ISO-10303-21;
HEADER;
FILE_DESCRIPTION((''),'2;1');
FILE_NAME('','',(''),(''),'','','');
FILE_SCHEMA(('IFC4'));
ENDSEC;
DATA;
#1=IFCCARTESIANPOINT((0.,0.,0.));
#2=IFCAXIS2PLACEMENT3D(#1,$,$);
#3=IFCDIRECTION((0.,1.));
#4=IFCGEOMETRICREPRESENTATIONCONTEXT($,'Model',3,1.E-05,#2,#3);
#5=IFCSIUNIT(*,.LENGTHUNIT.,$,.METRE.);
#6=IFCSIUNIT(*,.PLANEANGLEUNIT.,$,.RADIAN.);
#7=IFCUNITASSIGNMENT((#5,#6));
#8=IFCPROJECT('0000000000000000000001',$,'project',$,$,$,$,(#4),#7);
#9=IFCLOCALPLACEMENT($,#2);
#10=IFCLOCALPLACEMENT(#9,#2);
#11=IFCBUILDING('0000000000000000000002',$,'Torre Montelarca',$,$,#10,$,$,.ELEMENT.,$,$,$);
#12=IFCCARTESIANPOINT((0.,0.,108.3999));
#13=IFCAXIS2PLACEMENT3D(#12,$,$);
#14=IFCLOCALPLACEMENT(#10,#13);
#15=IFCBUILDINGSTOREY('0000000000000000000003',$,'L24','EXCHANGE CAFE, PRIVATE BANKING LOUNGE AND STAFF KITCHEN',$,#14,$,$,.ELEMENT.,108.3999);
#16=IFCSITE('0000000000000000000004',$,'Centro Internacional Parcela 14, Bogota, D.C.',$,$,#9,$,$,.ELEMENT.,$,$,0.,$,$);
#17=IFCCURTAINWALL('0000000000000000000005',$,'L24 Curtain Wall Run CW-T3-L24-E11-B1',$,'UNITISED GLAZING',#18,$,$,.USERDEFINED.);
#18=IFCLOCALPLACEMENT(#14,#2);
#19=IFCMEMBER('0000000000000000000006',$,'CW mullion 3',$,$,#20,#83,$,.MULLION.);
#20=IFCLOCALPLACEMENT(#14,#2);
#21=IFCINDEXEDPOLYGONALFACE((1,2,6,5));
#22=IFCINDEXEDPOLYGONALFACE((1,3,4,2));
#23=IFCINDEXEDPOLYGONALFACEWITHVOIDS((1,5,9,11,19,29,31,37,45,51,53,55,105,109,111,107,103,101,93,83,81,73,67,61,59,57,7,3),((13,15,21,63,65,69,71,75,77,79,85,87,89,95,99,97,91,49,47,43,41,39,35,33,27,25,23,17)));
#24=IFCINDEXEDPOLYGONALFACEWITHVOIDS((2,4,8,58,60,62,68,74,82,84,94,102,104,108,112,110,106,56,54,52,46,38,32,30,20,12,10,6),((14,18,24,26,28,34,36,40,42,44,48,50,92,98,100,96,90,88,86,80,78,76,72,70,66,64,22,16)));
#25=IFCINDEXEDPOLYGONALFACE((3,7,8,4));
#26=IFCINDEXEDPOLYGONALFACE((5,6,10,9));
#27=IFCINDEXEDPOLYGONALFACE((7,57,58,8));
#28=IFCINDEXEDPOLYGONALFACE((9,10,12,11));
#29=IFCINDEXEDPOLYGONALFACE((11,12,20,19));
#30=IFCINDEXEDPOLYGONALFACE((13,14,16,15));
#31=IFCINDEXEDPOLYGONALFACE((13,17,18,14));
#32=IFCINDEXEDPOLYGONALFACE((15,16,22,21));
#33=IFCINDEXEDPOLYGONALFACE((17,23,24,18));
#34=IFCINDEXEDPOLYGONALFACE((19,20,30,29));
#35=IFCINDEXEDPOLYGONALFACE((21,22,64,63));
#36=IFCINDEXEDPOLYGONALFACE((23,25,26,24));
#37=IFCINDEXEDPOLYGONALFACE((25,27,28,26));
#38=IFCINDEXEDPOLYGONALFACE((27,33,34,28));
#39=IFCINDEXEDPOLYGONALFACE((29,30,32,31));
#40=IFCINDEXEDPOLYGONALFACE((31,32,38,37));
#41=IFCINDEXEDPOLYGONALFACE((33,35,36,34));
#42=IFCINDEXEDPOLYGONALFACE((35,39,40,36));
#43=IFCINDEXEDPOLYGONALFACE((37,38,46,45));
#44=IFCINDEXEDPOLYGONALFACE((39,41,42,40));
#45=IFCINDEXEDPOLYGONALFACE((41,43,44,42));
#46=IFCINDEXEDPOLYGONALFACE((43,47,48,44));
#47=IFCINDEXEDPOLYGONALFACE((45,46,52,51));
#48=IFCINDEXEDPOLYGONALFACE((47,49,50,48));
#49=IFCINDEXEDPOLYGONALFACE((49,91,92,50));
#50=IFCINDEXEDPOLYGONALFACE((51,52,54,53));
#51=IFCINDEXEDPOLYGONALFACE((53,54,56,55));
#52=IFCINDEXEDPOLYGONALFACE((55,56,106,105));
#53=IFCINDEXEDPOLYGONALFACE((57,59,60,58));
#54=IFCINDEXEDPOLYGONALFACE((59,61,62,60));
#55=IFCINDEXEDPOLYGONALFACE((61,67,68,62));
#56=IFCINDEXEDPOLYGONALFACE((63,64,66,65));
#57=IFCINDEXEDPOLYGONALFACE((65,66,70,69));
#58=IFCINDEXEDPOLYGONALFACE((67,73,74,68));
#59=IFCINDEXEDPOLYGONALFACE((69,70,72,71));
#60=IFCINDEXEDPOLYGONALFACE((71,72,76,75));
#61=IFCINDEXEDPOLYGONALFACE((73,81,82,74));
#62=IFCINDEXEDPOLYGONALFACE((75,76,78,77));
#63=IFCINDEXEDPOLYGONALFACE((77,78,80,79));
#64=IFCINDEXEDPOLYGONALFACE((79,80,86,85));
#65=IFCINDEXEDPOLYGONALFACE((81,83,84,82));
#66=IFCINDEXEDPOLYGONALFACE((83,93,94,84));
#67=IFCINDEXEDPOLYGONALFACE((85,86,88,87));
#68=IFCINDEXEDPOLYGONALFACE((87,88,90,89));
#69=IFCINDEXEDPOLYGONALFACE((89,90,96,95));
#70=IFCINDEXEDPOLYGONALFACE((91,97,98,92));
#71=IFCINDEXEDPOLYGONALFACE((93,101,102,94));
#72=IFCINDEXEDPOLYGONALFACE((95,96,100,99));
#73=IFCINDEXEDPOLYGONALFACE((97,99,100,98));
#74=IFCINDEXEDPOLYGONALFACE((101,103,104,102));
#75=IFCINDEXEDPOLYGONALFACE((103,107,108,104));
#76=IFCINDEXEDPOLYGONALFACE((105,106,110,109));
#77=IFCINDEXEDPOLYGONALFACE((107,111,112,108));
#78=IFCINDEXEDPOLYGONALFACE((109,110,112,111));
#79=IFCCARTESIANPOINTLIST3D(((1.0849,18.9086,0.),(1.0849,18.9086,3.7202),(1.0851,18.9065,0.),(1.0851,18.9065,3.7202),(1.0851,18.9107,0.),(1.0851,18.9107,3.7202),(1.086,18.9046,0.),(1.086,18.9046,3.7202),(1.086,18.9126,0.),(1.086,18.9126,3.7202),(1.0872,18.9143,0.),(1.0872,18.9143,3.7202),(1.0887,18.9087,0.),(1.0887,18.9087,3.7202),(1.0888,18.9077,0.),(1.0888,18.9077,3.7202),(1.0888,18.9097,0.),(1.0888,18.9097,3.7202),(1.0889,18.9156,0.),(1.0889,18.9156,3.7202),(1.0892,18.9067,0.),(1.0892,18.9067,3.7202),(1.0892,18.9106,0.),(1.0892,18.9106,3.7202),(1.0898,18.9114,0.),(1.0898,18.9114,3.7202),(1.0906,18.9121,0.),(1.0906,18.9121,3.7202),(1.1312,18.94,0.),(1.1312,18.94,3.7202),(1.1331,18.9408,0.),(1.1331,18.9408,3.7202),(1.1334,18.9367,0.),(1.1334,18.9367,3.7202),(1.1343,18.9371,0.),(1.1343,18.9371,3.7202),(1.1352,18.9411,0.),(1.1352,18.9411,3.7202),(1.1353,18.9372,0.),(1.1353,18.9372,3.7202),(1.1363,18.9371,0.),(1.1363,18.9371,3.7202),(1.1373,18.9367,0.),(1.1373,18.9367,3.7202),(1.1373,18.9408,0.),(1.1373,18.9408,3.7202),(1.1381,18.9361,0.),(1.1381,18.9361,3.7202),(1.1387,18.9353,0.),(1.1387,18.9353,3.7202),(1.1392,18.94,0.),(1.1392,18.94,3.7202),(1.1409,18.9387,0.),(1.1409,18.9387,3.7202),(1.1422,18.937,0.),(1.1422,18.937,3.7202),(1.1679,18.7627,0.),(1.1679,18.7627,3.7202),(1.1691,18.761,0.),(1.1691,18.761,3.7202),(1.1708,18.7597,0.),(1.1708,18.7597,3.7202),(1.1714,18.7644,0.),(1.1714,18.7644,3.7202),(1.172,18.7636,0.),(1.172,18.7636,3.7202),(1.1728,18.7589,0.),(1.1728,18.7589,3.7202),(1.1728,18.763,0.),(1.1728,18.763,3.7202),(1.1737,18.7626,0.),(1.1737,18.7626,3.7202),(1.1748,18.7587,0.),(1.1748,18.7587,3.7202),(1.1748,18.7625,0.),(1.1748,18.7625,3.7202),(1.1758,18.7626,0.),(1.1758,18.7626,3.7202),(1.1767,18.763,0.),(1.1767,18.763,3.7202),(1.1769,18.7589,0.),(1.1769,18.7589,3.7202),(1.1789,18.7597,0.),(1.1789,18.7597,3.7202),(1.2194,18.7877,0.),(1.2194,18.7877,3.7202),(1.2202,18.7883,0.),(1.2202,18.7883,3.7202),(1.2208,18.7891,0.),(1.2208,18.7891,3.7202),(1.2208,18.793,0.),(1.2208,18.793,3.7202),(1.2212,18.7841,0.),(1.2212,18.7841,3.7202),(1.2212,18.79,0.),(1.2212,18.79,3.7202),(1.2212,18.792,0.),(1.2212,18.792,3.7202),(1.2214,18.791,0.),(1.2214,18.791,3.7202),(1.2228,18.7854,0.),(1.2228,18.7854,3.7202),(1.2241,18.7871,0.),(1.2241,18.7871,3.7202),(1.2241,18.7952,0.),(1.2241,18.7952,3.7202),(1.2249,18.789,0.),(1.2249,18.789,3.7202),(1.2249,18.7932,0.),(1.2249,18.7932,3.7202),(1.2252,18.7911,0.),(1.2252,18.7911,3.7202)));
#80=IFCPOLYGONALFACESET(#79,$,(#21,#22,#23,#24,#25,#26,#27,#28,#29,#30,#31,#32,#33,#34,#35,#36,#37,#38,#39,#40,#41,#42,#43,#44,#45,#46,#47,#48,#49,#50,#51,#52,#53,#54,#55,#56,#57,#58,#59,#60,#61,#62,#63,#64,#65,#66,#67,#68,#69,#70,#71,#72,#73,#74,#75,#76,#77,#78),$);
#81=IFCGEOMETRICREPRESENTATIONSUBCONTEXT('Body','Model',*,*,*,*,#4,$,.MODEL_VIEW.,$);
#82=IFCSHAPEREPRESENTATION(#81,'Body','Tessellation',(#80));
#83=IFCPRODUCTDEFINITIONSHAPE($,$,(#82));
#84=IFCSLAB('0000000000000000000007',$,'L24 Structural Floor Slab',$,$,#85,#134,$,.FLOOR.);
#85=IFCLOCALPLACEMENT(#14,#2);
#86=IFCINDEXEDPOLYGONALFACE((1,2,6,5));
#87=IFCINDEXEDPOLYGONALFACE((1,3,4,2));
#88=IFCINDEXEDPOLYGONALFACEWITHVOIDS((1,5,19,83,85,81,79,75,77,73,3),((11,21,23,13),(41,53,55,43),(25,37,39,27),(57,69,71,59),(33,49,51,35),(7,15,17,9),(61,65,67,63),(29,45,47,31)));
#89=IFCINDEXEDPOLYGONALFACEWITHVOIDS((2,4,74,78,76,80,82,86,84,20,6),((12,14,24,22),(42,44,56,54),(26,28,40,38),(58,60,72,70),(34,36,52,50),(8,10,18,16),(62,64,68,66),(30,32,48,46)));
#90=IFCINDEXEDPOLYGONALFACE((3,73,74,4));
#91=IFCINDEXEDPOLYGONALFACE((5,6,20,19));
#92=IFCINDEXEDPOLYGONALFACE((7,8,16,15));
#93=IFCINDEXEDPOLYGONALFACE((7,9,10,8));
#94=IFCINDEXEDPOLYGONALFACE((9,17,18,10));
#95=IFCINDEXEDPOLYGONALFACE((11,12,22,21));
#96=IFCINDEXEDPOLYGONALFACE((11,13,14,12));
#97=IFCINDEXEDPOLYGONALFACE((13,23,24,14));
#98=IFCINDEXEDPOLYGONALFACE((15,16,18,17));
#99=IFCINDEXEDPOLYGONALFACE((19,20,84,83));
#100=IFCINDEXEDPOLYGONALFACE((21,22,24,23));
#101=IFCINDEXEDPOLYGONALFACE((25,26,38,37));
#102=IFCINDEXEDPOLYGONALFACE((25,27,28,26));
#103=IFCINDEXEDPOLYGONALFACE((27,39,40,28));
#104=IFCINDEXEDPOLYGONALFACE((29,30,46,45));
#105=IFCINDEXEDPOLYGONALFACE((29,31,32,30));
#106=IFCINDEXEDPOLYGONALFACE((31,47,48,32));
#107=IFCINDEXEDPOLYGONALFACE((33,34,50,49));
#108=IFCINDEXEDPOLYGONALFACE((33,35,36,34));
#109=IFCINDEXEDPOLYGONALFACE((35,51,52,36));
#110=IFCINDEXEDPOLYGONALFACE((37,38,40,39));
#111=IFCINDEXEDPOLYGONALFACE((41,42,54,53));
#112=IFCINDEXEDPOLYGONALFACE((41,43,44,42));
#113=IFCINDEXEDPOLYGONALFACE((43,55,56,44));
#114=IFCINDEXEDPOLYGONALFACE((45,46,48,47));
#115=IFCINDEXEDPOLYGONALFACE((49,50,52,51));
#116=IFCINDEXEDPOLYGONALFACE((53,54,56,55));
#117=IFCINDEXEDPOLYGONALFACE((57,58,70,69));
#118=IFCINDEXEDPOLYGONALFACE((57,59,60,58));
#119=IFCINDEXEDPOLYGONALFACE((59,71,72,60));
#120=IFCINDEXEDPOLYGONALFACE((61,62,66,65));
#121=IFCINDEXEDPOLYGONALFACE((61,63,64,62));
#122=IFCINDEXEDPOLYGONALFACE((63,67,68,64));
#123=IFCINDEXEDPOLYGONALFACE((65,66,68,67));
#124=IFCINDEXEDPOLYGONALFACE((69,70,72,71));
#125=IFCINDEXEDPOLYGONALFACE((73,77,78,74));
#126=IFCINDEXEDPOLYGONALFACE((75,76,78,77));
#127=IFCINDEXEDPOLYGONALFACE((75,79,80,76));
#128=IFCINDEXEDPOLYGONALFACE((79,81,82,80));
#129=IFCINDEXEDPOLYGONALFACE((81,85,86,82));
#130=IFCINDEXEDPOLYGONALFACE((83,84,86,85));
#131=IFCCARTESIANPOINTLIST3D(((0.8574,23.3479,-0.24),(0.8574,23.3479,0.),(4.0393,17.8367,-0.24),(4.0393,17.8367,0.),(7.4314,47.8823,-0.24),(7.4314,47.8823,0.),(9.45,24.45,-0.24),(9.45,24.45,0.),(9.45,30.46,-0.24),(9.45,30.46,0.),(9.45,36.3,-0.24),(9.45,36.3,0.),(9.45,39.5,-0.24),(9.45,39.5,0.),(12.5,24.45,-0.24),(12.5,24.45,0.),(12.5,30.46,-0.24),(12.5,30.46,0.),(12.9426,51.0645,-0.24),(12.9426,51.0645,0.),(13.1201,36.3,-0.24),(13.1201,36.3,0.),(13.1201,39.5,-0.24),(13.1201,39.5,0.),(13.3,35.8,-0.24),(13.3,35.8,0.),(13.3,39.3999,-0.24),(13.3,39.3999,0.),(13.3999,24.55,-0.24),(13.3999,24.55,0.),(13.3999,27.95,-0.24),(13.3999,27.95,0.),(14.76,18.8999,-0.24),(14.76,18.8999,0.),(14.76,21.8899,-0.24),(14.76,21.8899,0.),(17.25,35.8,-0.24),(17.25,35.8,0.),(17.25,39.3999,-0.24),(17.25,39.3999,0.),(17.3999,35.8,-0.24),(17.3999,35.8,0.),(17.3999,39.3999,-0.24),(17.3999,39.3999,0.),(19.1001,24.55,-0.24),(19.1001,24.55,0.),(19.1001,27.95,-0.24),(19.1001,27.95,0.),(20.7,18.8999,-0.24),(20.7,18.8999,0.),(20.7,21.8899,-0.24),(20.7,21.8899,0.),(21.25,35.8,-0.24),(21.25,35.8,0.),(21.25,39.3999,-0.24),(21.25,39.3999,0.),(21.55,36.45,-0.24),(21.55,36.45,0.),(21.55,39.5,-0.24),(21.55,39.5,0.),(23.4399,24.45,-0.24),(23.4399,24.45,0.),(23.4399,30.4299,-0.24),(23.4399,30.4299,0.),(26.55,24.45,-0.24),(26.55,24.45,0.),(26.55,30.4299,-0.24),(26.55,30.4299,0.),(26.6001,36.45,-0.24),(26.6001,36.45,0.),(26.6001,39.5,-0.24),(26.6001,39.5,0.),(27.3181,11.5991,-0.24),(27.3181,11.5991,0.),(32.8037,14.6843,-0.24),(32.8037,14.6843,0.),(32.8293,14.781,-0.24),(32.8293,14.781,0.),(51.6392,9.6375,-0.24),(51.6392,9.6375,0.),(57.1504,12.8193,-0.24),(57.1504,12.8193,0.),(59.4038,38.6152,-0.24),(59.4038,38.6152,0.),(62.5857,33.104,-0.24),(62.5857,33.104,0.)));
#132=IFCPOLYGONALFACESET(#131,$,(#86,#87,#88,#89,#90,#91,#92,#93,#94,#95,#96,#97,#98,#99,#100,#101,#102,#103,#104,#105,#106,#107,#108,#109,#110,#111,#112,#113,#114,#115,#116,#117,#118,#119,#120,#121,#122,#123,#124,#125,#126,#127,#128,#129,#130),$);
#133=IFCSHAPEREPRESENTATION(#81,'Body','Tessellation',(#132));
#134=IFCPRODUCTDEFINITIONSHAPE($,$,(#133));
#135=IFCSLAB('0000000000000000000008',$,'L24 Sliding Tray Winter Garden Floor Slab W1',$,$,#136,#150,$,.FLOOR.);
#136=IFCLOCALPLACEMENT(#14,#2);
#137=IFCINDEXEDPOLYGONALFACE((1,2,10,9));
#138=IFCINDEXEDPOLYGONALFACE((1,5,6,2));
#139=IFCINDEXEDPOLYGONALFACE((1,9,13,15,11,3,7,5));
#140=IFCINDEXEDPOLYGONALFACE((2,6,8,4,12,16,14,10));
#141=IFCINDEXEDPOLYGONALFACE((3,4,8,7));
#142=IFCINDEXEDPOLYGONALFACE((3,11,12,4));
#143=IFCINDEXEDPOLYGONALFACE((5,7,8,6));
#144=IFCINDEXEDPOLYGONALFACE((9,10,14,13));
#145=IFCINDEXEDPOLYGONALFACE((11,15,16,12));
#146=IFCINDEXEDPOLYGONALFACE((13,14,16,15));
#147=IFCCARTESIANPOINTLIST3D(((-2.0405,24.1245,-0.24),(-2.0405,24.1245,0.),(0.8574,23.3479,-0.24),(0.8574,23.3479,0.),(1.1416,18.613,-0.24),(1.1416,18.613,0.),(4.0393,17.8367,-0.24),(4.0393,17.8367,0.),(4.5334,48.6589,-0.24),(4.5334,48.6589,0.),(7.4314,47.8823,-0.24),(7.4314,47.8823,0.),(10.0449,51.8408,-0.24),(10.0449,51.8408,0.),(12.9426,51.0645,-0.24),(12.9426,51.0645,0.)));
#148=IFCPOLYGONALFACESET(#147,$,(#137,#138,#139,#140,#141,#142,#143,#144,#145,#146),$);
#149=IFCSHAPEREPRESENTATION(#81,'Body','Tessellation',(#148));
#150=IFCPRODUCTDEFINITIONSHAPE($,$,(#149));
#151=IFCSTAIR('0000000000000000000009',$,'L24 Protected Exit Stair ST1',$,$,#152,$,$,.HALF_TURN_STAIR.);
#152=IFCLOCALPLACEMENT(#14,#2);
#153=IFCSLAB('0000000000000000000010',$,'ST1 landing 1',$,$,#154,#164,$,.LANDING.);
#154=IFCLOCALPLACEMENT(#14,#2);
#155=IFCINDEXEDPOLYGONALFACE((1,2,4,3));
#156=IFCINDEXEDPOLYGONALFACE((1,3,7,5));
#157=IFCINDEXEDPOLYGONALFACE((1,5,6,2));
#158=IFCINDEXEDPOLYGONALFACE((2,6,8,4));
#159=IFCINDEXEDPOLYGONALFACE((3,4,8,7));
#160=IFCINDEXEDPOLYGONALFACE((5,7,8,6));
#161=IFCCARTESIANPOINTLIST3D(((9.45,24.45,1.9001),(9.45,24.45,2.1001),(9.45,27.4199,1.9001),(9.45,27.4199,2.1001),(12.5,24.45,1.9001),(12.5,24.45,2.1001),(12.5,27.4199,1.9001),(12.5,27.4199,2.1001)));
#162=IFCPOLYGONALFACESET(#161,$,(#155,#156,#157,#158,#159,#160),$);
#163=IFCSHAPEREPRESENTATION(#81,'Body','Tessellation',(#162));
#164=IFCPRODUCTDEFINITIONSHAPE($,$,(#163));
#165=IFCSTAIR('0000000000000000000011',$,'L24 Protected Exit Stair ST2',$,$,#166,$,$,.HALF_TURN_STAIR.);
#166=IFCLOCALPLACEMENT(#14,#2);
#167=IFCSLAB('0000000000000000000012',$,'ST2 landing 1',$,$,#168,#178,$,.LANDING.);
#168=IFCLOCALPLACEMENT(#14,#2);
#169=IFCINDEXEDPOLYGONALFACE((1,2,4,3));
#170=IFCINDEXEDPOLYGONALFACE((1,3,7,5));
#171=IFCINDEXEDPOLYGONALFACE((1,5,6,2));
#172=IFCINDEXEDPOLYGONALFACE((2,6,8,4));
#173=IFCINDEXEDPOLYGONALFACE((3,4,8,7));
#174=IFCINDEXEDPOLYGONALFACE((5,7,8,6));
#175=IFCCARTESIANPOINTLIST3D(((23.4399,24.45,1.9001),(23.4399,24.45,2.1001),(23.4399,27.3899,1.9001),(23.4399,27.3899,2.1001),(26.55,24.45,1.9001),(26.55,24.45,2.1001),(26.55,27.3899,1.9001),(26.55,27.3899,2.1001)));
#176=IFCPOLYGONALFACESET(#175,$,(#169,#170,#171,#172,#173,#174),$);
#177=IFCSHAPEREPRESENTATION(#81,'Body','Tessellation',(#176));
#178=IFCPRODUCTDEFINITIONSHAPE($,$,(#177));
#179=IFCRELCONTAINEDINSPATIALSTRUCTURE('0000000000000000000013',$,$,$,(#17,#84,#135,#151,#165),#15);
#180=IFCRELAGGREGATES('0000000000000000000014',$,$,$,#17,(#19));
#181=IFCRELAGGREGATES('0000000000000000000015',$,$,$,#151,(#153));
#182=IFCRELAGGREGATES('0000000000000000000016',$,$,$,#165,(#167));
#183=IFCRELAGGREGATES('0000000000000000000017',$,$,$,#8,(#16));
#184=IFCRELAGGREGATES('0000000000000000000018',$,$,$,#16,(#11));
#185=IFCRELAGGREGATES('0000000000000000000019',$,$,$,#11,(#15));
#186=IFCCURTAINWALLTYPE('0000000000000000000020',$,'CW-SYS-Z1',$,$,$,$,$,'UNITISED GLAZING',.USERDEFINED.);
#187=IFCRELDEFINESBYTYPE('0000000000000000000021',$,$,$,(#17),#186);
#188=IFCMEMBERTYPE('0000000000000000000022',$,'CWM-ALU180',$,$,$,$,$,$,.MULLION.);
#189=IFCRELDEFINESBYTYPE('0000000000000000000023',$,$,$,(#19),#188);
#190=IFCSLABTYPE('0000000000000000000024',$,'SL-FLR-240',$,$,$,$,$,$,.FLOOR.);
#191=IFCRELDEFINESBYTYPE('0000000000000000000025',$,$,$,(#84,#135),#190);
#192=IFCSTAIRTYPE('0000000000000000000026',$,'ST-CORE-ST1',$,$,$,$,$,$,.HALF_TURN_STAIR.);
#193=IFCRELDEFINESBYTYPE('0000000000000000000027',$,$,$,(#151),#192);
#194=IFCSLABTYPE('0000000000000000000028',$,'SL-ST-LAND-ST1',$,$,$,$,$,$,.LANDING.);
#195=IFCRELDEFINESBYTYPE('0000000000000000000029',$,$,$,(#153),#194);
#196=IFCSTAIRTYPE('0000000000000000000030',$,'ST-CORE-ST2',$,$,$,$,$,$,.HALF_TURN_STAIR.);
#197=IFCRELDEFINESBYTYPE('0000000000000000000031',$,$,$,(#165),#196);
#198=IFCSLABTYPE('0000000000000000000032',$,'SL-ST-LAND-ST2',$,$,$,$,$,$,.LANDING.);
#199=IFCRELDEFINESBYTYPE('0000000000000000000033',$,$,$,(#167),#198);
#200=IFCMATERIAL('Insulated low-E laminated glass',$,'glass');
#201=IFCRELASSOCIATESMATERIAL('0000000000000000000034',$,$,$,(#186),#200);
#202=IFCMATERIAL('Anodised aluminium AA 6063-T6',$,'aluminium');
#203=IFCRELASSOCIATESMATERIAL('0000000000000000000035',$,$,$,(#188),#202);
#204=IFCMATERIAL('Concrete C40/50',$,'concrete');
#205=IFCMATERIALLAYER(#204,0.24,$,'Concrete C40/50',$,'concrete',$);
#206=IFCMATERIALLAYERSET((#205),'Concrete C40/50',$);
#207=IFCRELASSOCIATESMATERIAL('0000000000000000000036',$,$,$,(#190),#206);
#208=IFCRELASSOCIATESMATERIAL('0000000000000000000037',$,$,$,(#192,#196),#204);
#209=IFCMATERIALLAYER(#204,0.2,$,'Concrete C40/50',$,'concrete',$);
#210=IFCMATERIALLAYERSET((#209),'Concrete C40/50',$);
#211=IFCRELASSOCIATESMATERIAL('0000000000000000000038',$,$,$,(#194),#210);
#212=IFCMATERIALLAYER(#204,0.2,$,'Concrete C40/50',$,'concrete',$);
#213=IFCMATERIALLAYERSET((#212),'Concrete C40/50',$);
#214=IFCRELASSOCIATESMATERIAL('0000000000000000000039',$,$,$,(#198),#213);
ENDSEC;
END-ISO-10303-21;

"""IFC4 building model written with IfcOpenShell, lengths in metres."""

from ifc_helpers import new_model, si_unit, direction, frame, origin, origin_2d, place, context, subcontext, project, spatial, polyline, hollow_rectangle, outline, extrude, source, transform, mapped, material, layer, layer_set, material_profile, profile_set, type_object, element, aggregate, save


model = new_model("IFC4")

# Units and contexts
model_context = context("Model", 3, precision=1e-05, world=origin(), true_north=direction((0.0, 1.0)))
body_context = subcontext(model_context, "Body", "Model", "MODEL_VIEW")
ifc_project = project(units=[si_unit("LENGTHUNIT", "METRE"), si_unit("PLANEANGLEUNIT", "RADIAN")], contexts=[model_context])

# Site, building, storey
site_placement = place(None, origin())
site = spatial("IfcSite", under=ifc_project, at=site_placement, Name="Centro Internacional Parcela 14, Bogota, D.C.", CompositionType="ELEMENT", RefElevation=0.0)
building_placement = place(site_placement, origin())
building = spatial("IfcBuilding", under=site, at=building_placement, Name="Torre Montelarca", CompositionType="ELEMENT")
storey_placement = place(building_placement, frame((0.0, 0.0, 108.3999)))
storey = spatial("IfcBuildingStorey", under=building, at=storey_placement, Name="L24", Description="EXCHANGE CAFE, PRIVATE BANKING LOUNGE AND STAFF KITCHEN", CompositionType="ELEMENT", Elevation=108.3999)

# Shared definitions
ifc_material_1 = material(Name="Insulated low-E laminated glass", Category="glass")
curtain_wall_type = type_object("IfcCurtainWallType", Name="CW-SYS-Z1", ElementType="UNITISED GLAZING", PredefinedType="USERDEFINED", material=ifc_material_1)
ifc_material_2 = material(Name="Anodised aluminium AA 6063-T6", Category="aluminium")
ifc_material_profile_1 = material_profile(ifc_material_2, hollow_rectangle(XDim=0.0649, YDim=0.1799, WallThickness=0.0039, InnerFilletRadius=0.0039, OuterFilletRadius=0.0081, at=origin_2d()), Name="ALU65X180X4", Category="aluminium")
ifc_profile_set_1 = profile_set([ifc_material_profile_1], Name="Anodised aluminium AA 6063-T6")
member_type_1 = type_object("IfcMemberType", Name="CWM-ALU180", PredefinedType="MULLION", material=ifc_profile_set_1)
shared_shape_1 = source(origin(), body_context, "Body", "SweptSolid", [
    extrude(hollow_rectangle(XDim=0.0649, YDim=0.1799, WallThickness=0.0039, InnerFilletRadius=0.0039, OuterFilletRadius=0.0081, at=origin_2d()), origin(), (0.0, 0.0, 1.0), 3.7202),
])

# Curtain wall, member
curtain_wall_1_placement = place(storey_placement, origin())
curtain_wall_1 = element("IfcCurtainWall", 1, at=curtain_wall_1_placement, inside=storey, type_object=curtain_wall_type, Name="L24 Curtain Wall Run CW-T3-L24-E11-B1", ObjectType="UNITISED GLAZING", PredefinedType="USERDEFINED")
member_1_placement = place(storey_placement, frame((1.155, 18.8499, 0.0), z_axis=(0.0, 0.0, 1.0), x_axis=(0.866025, 0.500001, 0.0)))
member_1 = element("IfcMember", 2, at=member_1_placement, type_object=member_type_1, Name="CW mullion 3", PredefinedType="MULLION", context=body_context, shape_type="MappedRepresentation", body=[
    mapped(shared_shape_1, transform((0.0, 0.0, 0.0), scale=1.0)),
])
aggregate(curtain_wall_1, [member_1])

# Slabs
ifc_material_3 = material(Name="Concrete C40/50", Category="concrete")
ifc_layer_1 = layer(ifc_material_3, 0.24, Name="Concrete C40/50", Category="concrete")
ifc_layer_set_1 = layer_set([ifc_layer_1], Name="Concrete C40/50")
slab_type_1 = type_object("IfcSlabType", Name="SL-FLR-240", PredefinedType="FLOOR", material=ifc_layer_set_1)
slab_1_placement = place(storey_placement, frame((0.0, 0.0, -0.24)))
element("IfcSlab", 3, at=slab_1_placement, inside=storey, type_object=slab_type_1, Name="L24 Structural Floor Slab", PredefinedType="FLOOR", context=body_context, shape_type="SweptSolid", body=[
    extrude(outline(polyline([(27.3181, 11.5991), (32.8293, 14.781), (32.8037, 14.6843), (51.6392, 9.6375), (57.1504, 12.8193), (62.5857, 33.104), (59.4038, 38.6152), (12.9426, 51.0645), (7.4314, 47.8823), (0.8574, 23.3479), (4.0393, 17.8367), (27.3181, 11.5991)]), holes=[polyline([(20.7, 18.8999), (14.76, 18.8999), (14.76, 21.8899), (20.7, 21.8899), (20.7, 18.8999)]), polyline([(19.1001, 24.55), (13.3999, 24.55), (13.3999, 27.95), (19.1001, 27.95), (19.1001, 24.55)]), polyline([(23.4399, 24.45), (23.4399, 30.4299), (26.55, 30.4299), (26.55, 24.45), (23.4399, 24.45)]), polyline([(9.45, 24.45), (9.45, 30.46), (12.5, 30.46), (12.5, 24.45), (9.45, 24.45)]), polyline([(17.25, 35.8), (13.3, 35.8), (13.3, 39.3999), (17.25, 39.3999), (17.25, 35.8)]), polyline([(21.25, 35.8), (17.3999, 35.8), (17.3999, 39.3999), (21.25, 39.3999), (21.25, 35.8)]), polyline([(13.1201, 36.3), (9.45, 36.3), (9.45, 39.5), (13.1201, 39.5), (13.1201, 36.3)]), polyline([(26.6001, 36.45), (21.55, 36.45), (21.55, 39.5), (26.6001, 39.5), (26.6001, 36.45)])]), origin(), (0.0, 0.0, 1.0), 0.24),
])
slab_2_placement = place(storey_placement, frame((0.0, 0.0, -0.24)))
element("IfcSlab", 4, at=slab_2_placement, inside=storey, type_object=slab_type_1, Name="L24 Sliding Tray Winter Garden Floor Slab W1", PredefinedType="FLOOR", context=body_context, shape_type="SweptSolid", body=[
    extrude(outline(polyline([(4.0393, 17.8367), (0.8574, 23.3479), (7.4314, 47.8823), (12.9426, 51.0645), (10.0449, 51.8408), (4.5334, 48.6589), (-2.0405, 24.1245), (1.1416, 18.613), (4.0393, 17.8367)])), origin(), (0.0, 0.0, 1.0), 0.24),
])

# Stairs, slabs
stair_type_1 = type_object("IfcStairType", Name="ST-CORE-ST1", PredefinedType="HALF_TURN_STAIR", material=ifc_material_3)
stair_1_placement = place(storey_placement, origin())
stair_1 = element("IfcStair", 5, at=stair_1_placement, inside=storey, type_object=stair_type_1, Name="L24 Protected Exit Stair ST1", PredefinedType="HALF_TURN_STAIR")
ifc_layer_2 = layer(ifc_material_3, 0.2, Name="Concrete C40/50", Category="concrete")
ifc_layer_set_2 = layer_set([ifc_layer_2], Name="Concrete C40/50")
slab_type_2 = type_object("IfcSlabType", Name="SL-ST-LAND-ST1", PredefinedType="LANDING", material=ifc_layer_set_2)
slab_3_placement = place(storey_placement, frame((0.0, 0.0, 1.9001)))
slab_3 = element("IfcSlab", 6, at=slab_3_placement, type_object=slab_type_2, Name="ST1 landing 1", PredefinedType="LANDING", context=body_context, shape_type="SweptSolid", body=[
    extrude(outline(polyline([(9.45, 27.4199), (9.45, 24.45), (12.5, 24.45), (12.5, 27.4199), (9.45, 27.4199)])), origin(), (0.0, 0.0, 1.0), 0.2),
])
aggregate(stair_1, [slab_3])
stair_type_2 = type_object("IfcStairType", Name="ST-CORE-ST2", PredefinedType="HALF_TURN_STAIR", material=ifc_material_3)
stair_2_placement = place(storey_placement, origin())
stair_2 = element("IfcStair", 7, at=stair_2_placement, inside=storey, type_object=stair_type_2, Name="L24 Protected Exit Stair ST2", PredefinedType="HALF_TURN_STAIR")
ifc_layer_3 = layer(ifc_material_3, 0.2, Name="Concrete C40/50", Category="concrete")
ifc_layer_set_3 = layer_set([ifc_layer_3], Name="Concrete C40/50")
slab_type_3 = type_object("IfcSlabType", Name="SL-ST-LAND-ST2", PredefinedType="LANDING", material=ifc_layer_set_3)
slab_4_placement = place(storey_placement, frame((0.0, 0.0, 1.9001)))
slab_4 = element("IfcSlab", 8, at=slab_4_placement, type_object=slab_type_3, Name="ST2 landing 1", PredefinedType="LANDING", context=body_context, shape_type="SweptSolid", body=[
    extrude(outline(polyline([(23.4399, 27.3899), (23.4399, 24.45), (26.55, 24.45), (26.55, 27.3899), (23.4399, 27.3899)])), origin(), (0.0, 0.0, 1.0), 0.2),
])
aggregate(stair_2, [slab_4])

save(model, "model.ifc")
